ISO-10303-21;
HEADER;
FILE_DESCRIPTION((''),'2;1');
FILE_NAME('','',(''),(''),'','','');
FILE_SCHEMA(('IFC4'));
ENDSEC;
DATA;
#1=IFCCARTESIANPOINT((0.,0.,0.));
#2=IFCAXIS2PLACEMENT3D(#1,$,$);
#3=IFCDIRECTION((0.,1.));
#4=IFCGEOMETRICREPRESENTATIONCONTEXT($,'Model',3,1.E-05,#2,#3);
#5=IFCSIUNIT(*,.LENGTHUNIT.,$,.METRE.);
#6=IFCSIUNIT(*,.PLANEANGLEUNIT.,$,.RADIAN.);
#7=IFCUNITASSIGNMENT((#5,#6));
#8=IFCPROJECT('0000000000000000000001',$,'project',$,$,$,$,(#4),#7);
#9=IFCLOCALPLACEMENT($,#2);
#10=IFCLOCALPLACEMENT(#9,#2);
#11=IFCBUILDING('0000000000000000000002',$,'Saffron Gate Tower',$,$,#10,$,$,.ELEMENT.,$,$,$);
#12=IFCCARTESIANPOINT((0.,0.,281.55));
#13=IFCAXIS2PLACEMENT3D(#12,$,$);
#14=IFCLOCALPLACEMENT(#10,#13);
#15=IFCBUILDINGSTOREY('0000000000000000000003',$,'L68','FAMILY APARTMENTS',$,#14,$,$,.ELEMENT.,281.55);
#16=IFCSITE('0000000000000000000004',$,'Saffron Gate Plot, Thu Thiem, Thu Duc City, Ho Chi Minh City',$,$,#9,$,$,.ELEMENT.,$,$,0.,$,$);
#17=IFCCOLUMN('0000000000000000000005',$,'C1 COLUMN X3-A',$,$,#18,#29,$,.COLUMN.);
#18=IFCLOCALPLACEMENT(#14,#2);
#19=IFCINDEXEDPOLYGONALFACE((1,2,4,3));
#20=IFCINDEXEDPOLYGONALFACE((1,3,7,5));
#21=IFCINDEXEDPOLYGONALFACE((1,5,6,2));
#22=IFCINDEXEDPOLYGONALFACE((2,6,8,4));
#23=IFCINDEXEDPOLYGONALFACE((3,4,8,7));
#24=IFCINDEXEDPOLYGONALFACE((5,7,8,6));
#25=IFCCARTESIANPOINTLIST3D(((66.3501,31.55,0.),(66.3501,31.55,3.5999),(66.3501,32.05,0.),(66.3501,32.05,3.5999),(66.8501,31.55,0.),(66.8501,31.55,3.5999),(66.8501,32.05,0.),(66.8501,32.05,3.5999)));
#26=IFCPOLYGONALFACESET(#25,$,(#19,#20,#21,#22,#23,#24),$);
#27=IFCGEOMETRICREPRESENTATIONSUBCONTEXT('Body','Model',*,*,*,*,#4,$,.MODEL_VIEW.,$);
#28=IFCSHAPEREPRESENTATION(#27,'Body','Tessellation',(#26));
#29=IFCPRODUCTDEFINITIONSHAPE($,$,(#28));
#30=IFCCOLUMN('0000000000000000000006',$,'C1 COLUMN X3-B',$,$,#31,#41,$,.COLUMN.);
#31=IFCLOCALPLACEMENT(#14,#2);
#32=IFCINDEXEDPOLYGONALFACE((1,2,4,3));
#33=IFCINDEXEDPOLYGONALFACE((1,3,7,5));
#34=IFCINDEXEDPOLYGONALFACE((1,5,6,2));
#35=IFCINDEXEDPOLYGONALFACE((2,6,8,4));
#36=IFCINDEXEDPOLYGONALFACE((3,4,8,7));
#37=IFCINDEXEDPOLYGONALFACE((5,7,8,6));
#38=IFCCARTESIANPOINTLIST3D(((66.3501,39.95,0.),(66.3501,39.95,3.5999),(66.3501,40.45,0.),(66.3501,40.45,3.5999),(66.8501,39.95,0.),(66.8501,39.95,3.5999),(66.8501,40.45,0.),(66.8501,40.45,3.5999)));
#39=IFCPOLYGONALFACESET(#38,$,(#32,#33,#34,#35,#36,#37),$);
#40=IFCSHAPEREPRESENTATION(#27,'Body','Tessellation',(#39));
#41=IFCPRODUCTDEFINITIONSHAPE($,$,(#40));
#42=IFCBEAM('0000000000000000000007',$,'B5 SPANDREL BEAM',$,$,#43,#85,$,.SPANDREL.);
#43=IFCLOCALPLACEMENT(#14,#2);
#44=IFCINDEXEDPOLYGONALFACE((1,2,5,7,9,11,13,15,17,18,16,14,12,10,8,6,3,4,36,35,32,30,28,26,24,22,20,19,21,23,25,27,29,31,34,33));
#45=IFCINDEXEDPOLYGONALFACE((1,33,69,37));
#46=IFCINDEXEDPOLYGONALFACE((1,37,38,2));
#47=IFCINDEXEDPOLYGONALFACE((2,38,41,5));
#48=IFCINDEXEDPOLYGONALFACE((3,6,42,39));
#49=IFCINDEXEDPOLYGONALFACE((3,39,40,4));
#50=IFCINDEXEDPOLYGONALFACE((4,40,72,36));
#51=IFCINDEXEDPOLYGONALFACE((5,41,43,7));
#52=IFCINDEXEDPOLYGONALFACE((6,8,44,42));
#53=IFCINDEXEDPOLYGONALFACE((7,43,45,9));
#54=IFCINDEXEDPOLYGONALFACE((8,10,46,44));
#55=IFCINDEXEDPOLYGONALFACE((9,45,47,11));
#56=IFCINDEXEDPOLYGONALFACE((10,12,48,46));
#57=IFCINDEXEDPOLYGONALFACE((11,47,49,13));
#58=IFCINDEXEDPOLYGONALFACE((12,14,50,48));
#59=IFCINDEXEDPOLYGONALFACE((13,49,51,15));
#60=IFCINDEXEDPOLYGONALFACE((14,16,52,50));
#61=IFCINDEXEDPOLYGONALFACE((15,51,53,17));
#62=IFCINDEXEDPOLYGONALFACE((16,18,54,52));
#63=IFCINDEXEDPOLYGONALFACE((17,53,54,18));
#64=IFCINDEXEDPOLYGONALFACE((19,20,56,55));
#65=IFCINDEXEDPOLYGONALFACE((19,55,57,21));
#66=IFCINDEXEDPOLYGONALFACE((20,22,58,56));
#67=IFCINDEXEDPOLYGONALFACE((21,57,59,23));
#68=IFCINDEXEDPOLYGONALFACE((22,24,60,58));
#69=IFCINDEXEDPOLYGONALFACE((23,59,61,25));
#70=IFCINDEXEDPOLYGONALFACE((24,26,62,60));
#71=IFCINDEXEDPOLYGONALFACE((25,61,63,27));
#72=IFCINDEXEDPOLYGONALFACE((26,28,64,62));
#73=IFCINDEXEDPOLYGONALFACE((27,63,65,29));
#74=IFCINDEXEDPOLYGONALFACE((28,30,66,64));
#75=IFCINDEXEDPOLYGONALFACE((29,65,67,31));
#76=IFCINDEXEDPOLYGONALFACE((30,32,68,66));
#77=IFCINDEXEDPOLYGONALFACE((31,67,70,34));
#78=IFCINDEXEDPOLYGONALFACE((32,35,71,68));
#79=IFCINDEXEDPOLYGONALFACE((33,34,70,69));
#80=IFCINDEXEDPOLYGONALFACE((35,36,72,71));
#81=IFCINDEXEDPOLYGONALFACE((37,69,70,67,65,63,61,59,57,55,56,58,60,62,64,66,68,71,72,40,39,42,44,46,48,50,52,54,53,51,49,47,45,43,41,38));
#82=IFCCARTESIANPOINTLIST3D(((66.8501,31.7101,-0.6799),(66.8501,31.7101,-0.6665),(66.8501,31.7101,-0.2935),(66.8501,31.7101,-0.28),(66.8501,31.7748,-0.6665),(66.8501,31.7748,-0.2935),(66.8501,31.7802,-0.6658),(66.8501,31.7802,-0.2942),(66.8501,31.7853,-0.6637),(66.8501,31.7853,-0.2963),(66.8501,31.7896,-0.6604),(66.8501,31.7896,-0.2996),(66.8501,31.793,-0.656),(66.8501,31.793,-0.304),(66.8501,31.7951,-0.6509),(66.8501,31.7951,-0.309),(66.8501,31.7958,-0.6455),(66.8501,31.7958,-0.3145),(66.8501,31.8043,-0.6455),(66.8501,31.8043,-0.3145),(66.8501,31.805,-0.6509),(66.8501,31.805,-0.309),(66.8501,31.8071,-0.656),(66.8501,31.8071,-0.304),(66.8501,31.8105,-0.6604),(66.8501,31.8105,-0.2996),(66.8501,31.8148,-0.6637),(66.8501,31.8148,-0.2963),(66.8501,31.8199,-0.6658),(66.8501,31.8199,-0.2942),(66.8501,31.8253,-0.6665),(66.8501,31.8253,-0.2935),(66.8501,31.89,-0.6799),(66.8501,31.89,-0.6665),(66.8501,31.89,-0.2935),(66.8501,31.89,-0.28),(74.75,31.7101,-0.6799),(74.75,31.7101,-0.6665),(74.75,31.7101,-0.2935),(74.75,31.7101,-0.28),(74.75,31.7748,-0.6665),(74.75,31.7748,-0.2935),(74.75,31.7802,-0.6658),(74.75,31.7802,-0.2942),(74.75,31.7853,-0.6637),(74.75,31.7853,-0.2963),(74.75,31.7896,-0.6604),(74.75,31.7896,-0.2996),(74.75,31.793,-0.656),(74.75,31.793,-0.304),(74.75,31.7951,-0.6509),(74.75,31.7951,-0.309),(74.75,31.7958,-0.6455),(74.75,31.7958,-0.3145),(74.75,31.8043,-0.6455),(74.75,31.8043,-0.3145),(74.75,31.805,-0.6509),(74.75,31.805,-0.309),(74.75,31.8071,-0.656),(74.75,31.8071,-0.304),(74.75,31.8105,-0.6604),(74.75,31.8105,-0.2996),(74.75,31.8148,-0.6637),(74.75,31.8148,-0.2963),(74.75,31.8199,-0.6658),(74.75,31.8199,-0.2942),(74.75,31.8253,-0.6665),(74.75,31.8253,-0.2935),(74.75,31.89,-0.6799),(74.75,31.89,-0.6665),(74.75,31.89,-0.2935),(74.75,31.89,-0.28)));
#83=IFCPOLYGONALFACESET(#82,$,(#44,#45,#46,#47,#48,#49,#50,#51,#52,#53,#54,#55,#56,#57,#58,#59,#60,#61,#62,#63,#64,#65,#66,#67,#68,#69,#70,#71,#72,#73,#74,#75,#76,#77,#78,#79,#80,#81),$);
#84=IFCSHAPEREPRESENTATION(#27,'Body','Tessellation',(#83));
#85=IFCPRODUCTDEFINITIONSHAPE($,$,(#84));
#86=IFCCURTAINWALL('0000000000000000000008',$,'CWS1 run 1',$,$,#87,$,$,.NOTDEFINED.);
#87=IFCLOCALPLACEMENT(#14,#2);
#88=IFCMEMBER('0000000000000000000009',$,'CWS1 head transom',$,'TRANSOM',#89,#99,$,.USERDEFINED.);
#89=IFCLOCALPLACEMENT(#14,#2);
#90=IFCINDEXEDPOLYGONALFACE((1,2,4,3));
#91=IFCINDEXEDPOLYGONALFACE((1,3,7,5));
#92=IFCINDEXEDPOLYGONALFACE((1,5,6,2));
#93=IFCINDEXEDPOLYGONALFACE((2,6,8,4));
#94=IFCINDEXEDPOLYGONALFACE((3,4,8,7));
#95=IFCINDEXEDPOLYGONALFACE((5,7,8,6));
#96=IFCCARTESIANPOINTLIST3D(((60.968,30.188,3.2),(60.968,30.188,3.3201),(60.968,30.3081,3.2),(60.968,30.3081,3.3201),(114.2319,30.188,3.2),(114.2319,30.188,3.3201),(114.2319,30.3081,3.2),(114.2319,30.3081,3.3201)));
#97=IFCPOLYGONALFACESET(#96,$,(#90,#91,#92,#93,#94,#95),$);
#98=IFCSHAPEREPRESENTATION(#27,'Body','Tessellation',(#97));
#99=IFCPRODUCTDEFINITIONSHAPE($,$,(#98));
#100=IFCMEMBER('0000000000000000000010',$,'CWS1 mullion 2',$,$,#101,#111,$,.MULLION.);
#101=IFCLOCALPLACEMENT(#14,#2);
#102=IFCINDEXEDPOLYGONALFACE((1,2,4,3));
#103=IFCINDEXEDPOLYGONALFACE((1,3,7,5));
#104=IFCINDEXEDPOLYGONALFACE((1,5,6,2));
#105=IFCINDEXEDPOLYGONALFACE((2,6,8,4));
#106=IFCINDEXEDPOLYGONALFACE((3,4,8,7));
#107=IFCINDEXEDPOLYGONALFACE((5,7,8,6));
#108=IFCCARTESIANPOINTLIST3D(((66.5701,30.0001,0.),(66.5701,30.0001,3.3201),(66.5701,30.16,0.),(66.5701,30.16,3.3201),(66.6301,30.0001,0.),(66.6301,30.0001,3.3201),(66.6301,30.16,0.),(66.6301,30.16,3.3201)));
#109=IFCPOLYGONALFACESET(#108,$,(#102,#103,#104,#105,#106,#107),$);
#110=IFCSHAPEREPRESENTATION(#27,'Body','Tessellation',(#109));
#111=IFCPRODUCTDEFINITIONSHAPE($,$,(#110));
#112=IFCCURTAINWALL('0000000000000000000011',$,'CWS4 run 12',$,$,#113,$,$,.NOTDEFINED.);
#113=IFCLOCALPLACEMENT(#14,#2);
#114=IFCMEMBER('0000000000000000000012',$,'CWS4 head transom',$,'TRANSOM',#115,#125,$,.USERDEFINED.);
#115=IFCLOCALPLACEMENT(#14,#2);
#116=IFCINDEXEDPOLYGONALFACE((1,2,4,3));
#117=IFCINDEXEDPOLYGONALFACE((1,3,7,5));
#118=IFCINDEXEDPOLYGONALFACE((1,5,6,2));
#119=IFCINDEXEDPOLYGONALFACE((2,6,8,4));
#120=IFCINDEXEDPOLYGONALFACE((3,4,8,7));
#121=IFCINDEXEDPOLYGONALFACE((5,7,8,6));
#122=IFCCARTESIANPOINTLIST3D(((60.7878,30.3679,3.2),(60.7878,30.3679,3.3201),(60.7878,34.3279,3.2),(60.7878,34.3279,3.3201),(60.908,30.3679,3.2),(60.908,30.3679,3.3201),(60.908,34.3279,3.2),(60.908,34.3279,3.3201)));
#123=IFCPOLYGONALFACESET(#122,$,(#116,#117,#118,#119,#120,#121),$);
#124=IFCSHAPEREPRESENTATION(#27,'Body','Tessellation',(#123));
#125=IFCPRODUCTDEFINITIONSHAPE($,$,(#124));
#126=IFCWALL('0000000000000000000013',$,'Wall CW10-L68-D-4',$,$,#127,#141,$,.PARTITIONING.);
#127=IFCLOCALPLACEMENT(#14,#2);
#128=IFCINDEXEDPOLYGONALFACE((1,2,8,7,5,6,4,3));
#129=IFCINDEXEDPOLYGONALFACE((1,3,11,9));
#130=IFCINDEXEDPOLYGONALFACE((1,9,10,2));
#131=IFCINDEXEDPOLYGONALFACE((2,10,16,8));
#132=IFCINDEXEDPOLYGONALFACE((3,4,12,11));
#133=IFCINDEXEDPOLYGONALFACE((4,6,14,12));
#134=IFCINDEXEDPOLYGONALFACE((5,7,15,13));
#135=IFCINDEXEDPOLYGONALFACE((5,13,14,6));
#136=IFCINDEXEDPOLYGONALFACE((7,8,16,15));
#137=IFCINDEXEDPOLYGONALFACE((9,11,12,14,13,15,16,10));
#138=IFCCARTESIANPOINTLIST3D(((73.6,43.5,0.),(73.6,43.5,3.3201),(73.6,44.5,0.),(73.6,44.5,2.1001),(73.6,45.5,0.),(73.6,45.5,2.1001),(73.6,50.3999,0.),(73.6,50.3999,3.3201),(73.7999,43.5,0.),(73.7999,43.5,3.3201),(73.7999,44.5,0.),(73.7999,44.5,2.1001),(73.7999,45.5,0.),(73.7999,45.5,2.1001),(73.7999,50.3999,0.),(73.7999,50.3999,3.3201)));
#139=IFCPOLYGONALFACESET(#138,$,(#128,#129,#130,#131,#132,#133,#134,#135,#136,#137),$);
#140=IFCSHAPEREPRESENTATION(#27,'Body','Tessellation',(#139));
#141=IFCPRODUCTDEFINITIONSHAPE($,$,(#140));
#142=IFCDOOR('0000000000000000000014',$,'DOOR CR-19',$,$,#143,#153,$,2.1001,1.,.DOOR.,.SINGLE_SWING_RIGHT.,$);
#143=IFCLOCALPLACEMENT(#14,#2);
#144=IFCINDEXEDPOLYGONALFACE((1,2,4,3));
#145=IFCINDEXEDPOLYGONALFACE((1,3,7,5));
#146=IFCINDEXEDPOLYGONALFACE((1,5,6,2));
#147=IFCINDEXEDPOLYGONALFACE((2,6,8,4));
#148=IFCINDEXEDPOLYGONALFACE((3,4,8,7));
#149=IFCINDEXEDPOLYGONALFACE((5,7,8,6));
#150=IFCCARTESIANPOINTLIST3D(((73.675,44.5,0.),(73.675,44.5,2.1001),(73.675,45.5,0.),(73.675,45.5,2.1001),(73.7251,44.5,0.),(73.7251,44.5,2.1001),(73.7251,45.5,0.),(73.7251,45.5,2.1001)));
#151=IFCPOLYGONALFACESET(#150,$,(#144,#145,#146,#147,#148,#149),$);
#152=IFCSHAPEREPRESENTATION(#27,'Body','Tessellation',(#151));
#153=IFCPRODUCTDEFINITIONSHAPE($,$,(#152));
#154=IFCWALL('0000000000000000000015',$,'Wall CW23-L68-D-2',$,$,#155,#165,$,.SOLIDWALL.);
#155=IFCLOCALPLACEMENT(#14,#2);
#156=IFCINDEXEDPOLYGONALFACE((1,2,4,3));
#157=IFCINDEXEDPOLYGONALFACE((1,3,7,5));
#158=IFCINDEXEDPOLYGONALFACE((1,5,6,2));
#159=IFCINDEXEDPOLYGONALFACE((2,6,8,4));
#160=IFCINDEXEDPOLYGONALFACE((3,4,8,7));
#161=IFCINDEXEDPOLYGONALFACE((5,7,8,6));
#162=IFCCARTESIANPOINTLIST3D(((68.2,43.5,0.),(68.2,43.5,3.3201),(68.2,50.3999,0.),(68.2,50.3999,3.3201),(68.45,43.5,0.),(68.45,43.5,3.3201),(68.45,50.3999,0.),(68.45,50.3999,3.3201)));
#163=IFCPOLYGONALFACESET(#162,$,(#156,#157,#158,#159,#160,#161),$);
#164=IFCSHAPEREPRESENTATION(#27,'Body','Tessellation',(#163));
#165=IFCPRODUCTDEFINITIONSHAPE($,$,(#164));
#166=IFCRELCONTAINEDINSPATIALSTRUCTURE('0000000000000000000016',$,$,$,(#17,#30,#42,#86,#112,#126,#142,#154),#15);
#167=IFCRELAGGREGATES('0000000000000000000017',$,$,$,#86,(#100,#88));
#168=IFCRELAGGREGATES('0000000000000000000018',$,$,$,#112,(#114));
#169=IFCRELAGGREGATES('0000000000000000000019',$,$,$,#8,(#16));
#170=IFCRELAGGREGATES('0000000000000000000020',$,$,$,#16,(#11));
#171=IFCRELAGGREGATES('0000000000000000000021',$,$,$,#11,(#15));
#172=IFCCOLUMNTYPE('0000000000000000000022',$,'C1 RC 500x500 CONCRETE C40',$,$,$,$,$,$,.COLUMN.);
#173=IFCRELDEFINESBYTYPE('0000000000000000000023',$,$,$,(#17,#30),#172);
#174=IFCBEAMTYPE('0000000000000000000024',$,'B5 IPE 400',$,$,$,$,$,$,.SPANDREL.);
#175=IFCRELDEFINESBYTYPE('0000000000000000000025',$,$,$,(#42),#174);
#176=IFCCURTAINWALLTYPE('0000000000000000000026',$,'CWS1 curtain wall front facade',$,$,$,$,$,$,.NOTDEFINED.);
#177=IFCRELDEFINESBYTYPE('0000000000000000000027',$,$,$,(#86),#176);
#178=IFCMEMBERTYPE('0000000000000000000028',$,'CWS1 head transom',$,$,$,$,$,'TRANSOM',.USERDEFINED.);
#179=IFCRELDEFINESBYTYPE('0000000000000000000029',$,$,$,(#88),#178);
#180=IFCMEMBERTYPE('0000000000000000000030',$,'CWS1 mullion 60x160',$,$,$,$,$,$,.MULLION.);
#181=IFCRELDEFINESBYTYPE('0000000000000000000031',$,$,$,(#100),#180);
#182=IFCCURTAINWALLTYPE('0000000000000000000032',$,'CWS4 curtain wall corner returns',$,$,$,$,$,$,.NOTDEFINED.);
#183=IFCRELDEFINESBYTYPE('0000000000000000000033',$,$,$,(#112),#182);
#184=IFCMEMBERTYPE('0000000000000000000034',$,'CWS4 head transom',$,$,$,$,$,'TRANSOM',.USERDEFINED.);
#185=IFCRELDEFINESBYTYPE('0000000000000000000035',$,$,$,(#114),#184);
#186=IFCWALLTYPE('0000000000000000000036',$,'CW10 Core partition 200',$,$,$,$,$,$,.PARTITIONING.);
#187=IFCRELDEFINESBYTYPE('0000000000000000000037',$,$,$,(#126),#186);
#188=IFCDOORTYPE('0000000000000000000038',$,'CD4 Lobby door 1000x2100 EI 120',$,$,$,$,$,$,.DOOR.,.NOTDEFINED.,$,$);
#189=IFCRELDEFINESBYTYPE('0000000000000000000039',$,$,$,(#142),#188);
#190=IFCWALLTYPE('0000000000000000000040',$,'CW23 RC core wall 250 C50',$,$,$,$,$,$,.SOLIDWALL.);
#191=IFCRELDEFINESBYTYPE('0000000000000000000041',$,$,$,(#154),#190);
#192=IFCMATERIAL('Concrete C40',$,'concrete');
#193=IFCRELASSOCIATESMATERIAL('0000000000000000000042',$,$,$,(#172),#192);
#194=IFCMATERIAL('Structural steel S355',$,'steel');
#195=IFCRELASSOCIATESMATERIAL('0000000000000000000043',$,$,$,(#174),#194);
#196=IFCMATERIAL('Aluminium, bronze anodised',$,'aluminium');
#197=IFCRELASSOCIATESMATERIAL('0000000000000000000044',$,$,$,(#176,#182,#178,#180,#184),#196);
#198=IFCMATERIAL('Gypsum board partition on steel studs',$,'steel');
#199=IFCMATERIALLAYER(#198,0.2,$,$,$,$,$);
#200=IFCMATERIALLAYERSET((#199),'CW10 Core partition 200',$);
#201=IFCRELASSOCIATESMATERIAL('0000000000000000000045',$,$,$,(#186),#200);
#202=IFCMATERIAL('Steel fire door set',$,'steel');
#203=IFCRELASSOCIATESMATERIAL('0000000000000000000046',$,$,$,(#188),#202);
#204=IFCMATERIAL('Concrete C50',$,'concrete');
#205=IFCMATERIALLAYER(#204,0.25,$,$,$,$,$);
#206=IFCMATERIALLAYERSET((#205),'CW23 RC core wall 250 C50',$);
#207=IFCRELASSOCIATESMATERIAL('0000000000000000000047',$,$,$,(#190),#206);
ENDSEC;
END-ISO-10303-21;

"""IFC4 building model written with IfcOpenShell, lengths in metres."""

from ifc_helpers import new_model, si_unit, direction, frame, frame_2d, origin, origin_2d, place, context, subcontext, project, spatial, rectangle, i_section, extrude, material, layer, layer_set, material_profile, profile_set, type_object, element, fill, aggregate, save


model = new_model("IFC4")

# Units and contexts
model_context = context("Model", 3, precision=1e-05, world=origin(), true_north=direction((0.0, 1.0)))
body_context = subcontext(model_context, "Body", "Model", "MODEL_VIEW")
ifc_project = project(units=[si_unit("LENGTHUNIT", "METRE"), si_unit("PLANEANGLEUNIT", "RADIAN")], contexts=[model_context])

# Site, building, storey
site_placement = place(None, origin())
site = spatial("IfcSite", under=ifc_project, at=site_placement, Name="Saffron Gate Plot, Thu Thiem, Thu Duc City, Ho Chi Minh City", CompositionType="ELEMENT", RefElevation=0.0)
building_placement = place(site_placement, origin())
building = spatial("IfcBuilding", under=site, at=building_placement, Name="Saffron Gate Tower", CompositionType="ELEMENT")
storey_placement = place(building_placement, frame((0.0, 0.0, 281.55)))
storey = spatial("IfcBuildingStorey", under=building, at=storey_placement, Name="L68", Description="FAMILY APARTMENTS", CompositionType="ELEMENT", Elevation=281.55)

# Columns
ifc_material_1 = material(Name="Concrete C40", Category="concrete")
ifc_material_profile_1 = material_profile(ifc_material_1, rectangle(XDim=0.5, YDim=0.5, at=origin_2d()))
ifc_profile_set_1 = profile_set([ifc_material_profile_1], Name="Concrete C40")
column_type = type_object("IfcColumnType", Name="C1 RC 500x500 CONCRETE C40", PredefinedType="COLUMN", material=ifc_profile_set_1)
for number, where, z_axis, x_axis, name in (
    (1, (66.6001, 31.8, 0.0), (0.0, 0.0, 1.0), (1.0, 0.0, 0.0), "C1 COLUMN X3-A"),
    (2, (66.6001, 40.2, 0.0), (0.0, 0.0, 1.0), (1.0, 0.0, 0.0), "C1 COLUMN X3-B"),
):
    element("IfcColumn", number, at=place(storey_placement, frame(where, z_axis=z_axis, x_axis=x_axis)), inside=storey, type_object=column_type, Name=name, PredefinedType="COLUMN", context=body_context, shape_type="SweptSolid", body=[
        extrude(rectangle(XDim=0.5, YDim=0.5, at=origin_2d()), origin(), (0.0, 0.0, 1.0), 3.5999),
    ])

# Beam
ifc_material_2 = material(Name="Structural steel S355", Category="steel")
ifc_material_profile_2 = material_profile(ifc_material_2, i_section(OverallWidth=0.1799, OverallDepth=0.3999, WebThickness=0.0085, FlangeThickness=0.0134, FilletRadius=0.021, at=origin_2d()))
ifc_profile_set_2 = profile_set([ifc_material_profile_2], Name="Structural steel S355")
beam_type = type_object("IfcBeamType", Name="B5 IPE 400", PredefinedType="SPANDREL", material=ifc_profile_set_2)
beam_placement = place(storey_placement, frame((66.8501, 31.8, -0.48), z_axis=(1.0, 0.0, 0.0), x_axis=(0.0, 1.0, 0.0)))
element("IfcBeam", 3, at=beam_placement, inside=storey, type_object=beam_type, Name="B5 SPANDREL BEAM", PredefinedType="SPANDREL", context=body_context, shape_type="SweptSolid", body=[
    extrude(i_section(OverallWidth=0.1799, OverallDepth=0.3999, WebThickness=0.0085, FlangeThickness=0.0134, FilletRadius=0.021, at=origin_2d()), origin(), (0.0, 0.0, 1.0), 7.8999),
])

# Curtain wall, members
ifc_material_3 = material(Name="Aluminium, bronze anodised", Category="aluminium")
curtain_wall_type_1 = type_object("IfcCurtainWallType", Name="CWS1 curtain wall front facade", PredefinedType="NOTDEFINED", material=ifc_material_3)
curtain_wall_1_placement = place(storey_placement, origin())
curtain_wall_1 = element("IfcCurtainWall", 4, at=curtain_wall_1_placement, inside=storey, type_object=curtain_wall_type_1, Name="CWS1 run 1", PredefinedType="NOTDEFINED")
ifc_material_profile_3 = material_profile(ifc_material_3, rectangle(XDim=0.1201, YDim=0.1201, at=origin_2d()))
ifc_profile_set_3 = profile_set([ifc_material_profile_3], Name="Aluminium, bronze anodised")
member_type_1 = type_object("IfcMemberType", Name="CWS1 head transom", ElementType="TRANSOM", PredefinedType="USERDEFINED", material=ifc_profile_set_3)
member_1_placement = place(storey_placement, frame((60.968, 30.248, 3.26), z_axis=(1.0, 0.0, 0.0), x_axis=(0.0, 1.0, 0.0)))
member_1 = element("IfcMember", 5, at=member_1_placement, type_object=member_type_1, Name="CWS1 head transom", ObjectType="TRANSOM", PredefinedType="USERDEFINED", context=body_context, shape_type="SweptSolid", body=[
    extrude(rectangle(XDim=0.1201, YDim=0.1201, at=origin_2d()), origin(), (0.0, 0.0, 1.0), 53.2639),
])
ifc_material_profile_4 = material_profile(ifc_material_3, rectangle(XDim=0.1599, YDim=0.0601, at=origin_2d()))
ifc_profile_set_4 = profile_set([ifc_material_profile_4], Name="Aluminium, bronze anodised")
member_type_2 = type_object("IfcMemberType", Name="CWS1 mullion 60x160", PredefinedType="MULLION", material=ifc_profile_set_4)
member_2_placement = place(storey_placement, frame((66.6001, 30.0801, 0.0), z_axis=(0.0, 0.0, 1.0), x_axis=(0.0, 1.0, 0.0)))
member_2 = element("IfcMember", 6, at=member_2_placement, type_object=member_type_2, Name="CWS1 mullion 2", PredefinedType="MULLION", context=body_context, shape_type="SweptSolid", body=[
    extrude(rectangle(XDim=0.1599, YDim=0.0601, at=origin_2d()), origin(), (0.0, 0.0, 1.0), 3.3201),
])
aggregate(curtain_wall_1, [member_2, member_1])

# Curtain wall, member
curtain_wall_type_2 = type_object("IfcCurtainWallType", Name="CWS4 curtain wall corner returns", PredefinedType="NOTDEFINED", material=ifc_material_3)
curtain_wall_2_placement = place(storey_placement, origin())
curtain_wall_2 = element("IfcCurtainWall", 7, at=curtain_wall_2_placement, inside=storey, type_object=curtain_wall_type_2, Name="CWS4 run 12", PredefinedType="NOTDEFINED")
ifc_material_profile_5 = material_profile(ifc_material_3, rectangle(XDim=0.1201, YDim=0.1201, at=origin_2d()))
ifc_profile_set_5 = profile_set([ifc_material_profile_5], Name="Aluminium, bronze anodised")
member_type_3 = type_object("IfcMemberType", Name="CWS4 head transom", ElementType="TRANSOM", PredefinedType="USERDEFINED", material=ifc_profile_set_5)
member_3_placement = place(storey_placement, frame((60.8479, 34.3279, 3.26), z_axis=(0.0, -1.0, 0.0), x_axis=(1.0, 0.0, 0.0)))
member_3 = element("IfcMember", 8, at=member_3_placement, type_object=member_type_3, Name="CWS4 head transom", ObjectType="TRANSOM", PredefinedType="USERDEFINED", context=body_context, shape_type="SweptSolid", body=[
    extrude(rectangle(XDim=0.1201, YDim=0.1201, at=origin_2d()), origin(), (0.0, 0.0, 1.0), 3.96),
])
aggregate(curtain_wall_2, [member_3])

# Wall, opening, door
ifc_material_4 = material(Name="Gypsum board partition on steel studs", Category="steel")
ifc_layer_1 = layer(ifc_material_4, 0.2)
ifc_layer_set_1 = layer_set([ifc_layer_1], Name="CW10 Core partition 200")
wall_type_1 = type_object("IfcWallType", Name="CW10 Core partition 200", PredefinedType="PARTITIONING", material=ifc_layer_set_1)
wall_1_placement = place(storey_placement, frame((73.7, 43.5, 0.0), z_axis=(0.0, 0.0, 1.0), x_axis=(0.0, 1.0, 0.0)))
wall_1 = element("IfcWall", 9, at=wall_1_placement, inside=storey, type_object=wall_type_1, Name="Wall CW10-L68-D-4", PredefinedType="PARTITIONING", context=body_context, shape_type="SweptSolid", body=[
    extrude(rectangle(XDim=6.8999, YDim=0.2, at=frame_2d((3.45, 0.0))), origin(), (0.0, 0.0, 1.0), 3.3201),
])
opening_1_placement = place(wall_1_placement, frame((1.0, 0.0, 0.0)))
opening_1 = element("IfcOpeningElement", 10, at=opening_1_placement, cuts=wall_1, PredefinedType="OPENING", context=body_context, shape_type="SweptSolid", body=[
    extrude(rectangle(XDim=1.0, YDim=2.1001, at=frame_2d((0.5, 1.05))), frame((0.0, 0.1099, 0.0), z_axis=(0.0, -1.0, 0.0), x_axis=(1.0, 0.0, 0.0)), (0.0, 0.0, 1.0), 0.22),
])
ifc_material_5 = material(Name="Steel fire door set", Category="steel")
door_type_1 = type_object("IfcDoorType", Name="CD4 Lobby door 1000x2100 EI 120", OperationType="NOTDEFINED", PredefinedType="DOOR", material=ifc_material_5)
door_1_placement = place(opening_1_placement, origin())
door_1 = element("IfcDoor", 11, at=door_1_placement, inside=storey, type_object=door_type_1, Name="DOOR CR-19", OperationType="SINGLE_SWING_RIGHT", OverallHeight=2.1001, OverallWidth=1.0, PredefinedType="DOOR", context=body_context, shape_type="SweptSolid", body=[
    extrude(rectangle(XDim=1.0, YDim=2.1001, at=frame_2d((0.5, 1.05))), frame((0.0, 0.0249, 0.0), z_axis=(0.0, -1.0, 0.0), x_axis=(1.0, 0.0, 0.0)), (0.0, 0.0, 1.0), 0.05),
])
fill(opening_1, door_1)

# Wall
ifc_material_6 = material(Name="Concrete C50", Category="concrete")
ifc_layer_2 = layer(ifc_material_6, 0.25)
ifc_layer_set_2 = layer_set([ifc_layer_2], Name="CW23 RC core wall 250 C50")
wall_type_2 = type_object("IfcWallType", Name="CW23 RC core wall 250 C50", PredefinedType="SOLIDWALL", material=ifc_layer_set_2)
wall_2_placement = place(storey_placement, frame((68.325, 43.5, 0.0), z_axis=(0.0, 0.0, 1.0), x_axis=(0.0, 1.0, 0.0)))
element("IfcWall", 12, at=wall_2_placement, inside=storey, type_object=wall_type_2, Name="Wall CW23-L68-D-2", PredefinedType="SOLIDWALL", context=body_context, shape_type="SweptSolid", body=[
    extrude(rectangle(XDim=6.8999, YDim=0.25, at=frame_2d((3.45, 0.0))), origin(), (0.0, 0.0, 1.0), 3.3201),
])

save(model, "model.ifc")
